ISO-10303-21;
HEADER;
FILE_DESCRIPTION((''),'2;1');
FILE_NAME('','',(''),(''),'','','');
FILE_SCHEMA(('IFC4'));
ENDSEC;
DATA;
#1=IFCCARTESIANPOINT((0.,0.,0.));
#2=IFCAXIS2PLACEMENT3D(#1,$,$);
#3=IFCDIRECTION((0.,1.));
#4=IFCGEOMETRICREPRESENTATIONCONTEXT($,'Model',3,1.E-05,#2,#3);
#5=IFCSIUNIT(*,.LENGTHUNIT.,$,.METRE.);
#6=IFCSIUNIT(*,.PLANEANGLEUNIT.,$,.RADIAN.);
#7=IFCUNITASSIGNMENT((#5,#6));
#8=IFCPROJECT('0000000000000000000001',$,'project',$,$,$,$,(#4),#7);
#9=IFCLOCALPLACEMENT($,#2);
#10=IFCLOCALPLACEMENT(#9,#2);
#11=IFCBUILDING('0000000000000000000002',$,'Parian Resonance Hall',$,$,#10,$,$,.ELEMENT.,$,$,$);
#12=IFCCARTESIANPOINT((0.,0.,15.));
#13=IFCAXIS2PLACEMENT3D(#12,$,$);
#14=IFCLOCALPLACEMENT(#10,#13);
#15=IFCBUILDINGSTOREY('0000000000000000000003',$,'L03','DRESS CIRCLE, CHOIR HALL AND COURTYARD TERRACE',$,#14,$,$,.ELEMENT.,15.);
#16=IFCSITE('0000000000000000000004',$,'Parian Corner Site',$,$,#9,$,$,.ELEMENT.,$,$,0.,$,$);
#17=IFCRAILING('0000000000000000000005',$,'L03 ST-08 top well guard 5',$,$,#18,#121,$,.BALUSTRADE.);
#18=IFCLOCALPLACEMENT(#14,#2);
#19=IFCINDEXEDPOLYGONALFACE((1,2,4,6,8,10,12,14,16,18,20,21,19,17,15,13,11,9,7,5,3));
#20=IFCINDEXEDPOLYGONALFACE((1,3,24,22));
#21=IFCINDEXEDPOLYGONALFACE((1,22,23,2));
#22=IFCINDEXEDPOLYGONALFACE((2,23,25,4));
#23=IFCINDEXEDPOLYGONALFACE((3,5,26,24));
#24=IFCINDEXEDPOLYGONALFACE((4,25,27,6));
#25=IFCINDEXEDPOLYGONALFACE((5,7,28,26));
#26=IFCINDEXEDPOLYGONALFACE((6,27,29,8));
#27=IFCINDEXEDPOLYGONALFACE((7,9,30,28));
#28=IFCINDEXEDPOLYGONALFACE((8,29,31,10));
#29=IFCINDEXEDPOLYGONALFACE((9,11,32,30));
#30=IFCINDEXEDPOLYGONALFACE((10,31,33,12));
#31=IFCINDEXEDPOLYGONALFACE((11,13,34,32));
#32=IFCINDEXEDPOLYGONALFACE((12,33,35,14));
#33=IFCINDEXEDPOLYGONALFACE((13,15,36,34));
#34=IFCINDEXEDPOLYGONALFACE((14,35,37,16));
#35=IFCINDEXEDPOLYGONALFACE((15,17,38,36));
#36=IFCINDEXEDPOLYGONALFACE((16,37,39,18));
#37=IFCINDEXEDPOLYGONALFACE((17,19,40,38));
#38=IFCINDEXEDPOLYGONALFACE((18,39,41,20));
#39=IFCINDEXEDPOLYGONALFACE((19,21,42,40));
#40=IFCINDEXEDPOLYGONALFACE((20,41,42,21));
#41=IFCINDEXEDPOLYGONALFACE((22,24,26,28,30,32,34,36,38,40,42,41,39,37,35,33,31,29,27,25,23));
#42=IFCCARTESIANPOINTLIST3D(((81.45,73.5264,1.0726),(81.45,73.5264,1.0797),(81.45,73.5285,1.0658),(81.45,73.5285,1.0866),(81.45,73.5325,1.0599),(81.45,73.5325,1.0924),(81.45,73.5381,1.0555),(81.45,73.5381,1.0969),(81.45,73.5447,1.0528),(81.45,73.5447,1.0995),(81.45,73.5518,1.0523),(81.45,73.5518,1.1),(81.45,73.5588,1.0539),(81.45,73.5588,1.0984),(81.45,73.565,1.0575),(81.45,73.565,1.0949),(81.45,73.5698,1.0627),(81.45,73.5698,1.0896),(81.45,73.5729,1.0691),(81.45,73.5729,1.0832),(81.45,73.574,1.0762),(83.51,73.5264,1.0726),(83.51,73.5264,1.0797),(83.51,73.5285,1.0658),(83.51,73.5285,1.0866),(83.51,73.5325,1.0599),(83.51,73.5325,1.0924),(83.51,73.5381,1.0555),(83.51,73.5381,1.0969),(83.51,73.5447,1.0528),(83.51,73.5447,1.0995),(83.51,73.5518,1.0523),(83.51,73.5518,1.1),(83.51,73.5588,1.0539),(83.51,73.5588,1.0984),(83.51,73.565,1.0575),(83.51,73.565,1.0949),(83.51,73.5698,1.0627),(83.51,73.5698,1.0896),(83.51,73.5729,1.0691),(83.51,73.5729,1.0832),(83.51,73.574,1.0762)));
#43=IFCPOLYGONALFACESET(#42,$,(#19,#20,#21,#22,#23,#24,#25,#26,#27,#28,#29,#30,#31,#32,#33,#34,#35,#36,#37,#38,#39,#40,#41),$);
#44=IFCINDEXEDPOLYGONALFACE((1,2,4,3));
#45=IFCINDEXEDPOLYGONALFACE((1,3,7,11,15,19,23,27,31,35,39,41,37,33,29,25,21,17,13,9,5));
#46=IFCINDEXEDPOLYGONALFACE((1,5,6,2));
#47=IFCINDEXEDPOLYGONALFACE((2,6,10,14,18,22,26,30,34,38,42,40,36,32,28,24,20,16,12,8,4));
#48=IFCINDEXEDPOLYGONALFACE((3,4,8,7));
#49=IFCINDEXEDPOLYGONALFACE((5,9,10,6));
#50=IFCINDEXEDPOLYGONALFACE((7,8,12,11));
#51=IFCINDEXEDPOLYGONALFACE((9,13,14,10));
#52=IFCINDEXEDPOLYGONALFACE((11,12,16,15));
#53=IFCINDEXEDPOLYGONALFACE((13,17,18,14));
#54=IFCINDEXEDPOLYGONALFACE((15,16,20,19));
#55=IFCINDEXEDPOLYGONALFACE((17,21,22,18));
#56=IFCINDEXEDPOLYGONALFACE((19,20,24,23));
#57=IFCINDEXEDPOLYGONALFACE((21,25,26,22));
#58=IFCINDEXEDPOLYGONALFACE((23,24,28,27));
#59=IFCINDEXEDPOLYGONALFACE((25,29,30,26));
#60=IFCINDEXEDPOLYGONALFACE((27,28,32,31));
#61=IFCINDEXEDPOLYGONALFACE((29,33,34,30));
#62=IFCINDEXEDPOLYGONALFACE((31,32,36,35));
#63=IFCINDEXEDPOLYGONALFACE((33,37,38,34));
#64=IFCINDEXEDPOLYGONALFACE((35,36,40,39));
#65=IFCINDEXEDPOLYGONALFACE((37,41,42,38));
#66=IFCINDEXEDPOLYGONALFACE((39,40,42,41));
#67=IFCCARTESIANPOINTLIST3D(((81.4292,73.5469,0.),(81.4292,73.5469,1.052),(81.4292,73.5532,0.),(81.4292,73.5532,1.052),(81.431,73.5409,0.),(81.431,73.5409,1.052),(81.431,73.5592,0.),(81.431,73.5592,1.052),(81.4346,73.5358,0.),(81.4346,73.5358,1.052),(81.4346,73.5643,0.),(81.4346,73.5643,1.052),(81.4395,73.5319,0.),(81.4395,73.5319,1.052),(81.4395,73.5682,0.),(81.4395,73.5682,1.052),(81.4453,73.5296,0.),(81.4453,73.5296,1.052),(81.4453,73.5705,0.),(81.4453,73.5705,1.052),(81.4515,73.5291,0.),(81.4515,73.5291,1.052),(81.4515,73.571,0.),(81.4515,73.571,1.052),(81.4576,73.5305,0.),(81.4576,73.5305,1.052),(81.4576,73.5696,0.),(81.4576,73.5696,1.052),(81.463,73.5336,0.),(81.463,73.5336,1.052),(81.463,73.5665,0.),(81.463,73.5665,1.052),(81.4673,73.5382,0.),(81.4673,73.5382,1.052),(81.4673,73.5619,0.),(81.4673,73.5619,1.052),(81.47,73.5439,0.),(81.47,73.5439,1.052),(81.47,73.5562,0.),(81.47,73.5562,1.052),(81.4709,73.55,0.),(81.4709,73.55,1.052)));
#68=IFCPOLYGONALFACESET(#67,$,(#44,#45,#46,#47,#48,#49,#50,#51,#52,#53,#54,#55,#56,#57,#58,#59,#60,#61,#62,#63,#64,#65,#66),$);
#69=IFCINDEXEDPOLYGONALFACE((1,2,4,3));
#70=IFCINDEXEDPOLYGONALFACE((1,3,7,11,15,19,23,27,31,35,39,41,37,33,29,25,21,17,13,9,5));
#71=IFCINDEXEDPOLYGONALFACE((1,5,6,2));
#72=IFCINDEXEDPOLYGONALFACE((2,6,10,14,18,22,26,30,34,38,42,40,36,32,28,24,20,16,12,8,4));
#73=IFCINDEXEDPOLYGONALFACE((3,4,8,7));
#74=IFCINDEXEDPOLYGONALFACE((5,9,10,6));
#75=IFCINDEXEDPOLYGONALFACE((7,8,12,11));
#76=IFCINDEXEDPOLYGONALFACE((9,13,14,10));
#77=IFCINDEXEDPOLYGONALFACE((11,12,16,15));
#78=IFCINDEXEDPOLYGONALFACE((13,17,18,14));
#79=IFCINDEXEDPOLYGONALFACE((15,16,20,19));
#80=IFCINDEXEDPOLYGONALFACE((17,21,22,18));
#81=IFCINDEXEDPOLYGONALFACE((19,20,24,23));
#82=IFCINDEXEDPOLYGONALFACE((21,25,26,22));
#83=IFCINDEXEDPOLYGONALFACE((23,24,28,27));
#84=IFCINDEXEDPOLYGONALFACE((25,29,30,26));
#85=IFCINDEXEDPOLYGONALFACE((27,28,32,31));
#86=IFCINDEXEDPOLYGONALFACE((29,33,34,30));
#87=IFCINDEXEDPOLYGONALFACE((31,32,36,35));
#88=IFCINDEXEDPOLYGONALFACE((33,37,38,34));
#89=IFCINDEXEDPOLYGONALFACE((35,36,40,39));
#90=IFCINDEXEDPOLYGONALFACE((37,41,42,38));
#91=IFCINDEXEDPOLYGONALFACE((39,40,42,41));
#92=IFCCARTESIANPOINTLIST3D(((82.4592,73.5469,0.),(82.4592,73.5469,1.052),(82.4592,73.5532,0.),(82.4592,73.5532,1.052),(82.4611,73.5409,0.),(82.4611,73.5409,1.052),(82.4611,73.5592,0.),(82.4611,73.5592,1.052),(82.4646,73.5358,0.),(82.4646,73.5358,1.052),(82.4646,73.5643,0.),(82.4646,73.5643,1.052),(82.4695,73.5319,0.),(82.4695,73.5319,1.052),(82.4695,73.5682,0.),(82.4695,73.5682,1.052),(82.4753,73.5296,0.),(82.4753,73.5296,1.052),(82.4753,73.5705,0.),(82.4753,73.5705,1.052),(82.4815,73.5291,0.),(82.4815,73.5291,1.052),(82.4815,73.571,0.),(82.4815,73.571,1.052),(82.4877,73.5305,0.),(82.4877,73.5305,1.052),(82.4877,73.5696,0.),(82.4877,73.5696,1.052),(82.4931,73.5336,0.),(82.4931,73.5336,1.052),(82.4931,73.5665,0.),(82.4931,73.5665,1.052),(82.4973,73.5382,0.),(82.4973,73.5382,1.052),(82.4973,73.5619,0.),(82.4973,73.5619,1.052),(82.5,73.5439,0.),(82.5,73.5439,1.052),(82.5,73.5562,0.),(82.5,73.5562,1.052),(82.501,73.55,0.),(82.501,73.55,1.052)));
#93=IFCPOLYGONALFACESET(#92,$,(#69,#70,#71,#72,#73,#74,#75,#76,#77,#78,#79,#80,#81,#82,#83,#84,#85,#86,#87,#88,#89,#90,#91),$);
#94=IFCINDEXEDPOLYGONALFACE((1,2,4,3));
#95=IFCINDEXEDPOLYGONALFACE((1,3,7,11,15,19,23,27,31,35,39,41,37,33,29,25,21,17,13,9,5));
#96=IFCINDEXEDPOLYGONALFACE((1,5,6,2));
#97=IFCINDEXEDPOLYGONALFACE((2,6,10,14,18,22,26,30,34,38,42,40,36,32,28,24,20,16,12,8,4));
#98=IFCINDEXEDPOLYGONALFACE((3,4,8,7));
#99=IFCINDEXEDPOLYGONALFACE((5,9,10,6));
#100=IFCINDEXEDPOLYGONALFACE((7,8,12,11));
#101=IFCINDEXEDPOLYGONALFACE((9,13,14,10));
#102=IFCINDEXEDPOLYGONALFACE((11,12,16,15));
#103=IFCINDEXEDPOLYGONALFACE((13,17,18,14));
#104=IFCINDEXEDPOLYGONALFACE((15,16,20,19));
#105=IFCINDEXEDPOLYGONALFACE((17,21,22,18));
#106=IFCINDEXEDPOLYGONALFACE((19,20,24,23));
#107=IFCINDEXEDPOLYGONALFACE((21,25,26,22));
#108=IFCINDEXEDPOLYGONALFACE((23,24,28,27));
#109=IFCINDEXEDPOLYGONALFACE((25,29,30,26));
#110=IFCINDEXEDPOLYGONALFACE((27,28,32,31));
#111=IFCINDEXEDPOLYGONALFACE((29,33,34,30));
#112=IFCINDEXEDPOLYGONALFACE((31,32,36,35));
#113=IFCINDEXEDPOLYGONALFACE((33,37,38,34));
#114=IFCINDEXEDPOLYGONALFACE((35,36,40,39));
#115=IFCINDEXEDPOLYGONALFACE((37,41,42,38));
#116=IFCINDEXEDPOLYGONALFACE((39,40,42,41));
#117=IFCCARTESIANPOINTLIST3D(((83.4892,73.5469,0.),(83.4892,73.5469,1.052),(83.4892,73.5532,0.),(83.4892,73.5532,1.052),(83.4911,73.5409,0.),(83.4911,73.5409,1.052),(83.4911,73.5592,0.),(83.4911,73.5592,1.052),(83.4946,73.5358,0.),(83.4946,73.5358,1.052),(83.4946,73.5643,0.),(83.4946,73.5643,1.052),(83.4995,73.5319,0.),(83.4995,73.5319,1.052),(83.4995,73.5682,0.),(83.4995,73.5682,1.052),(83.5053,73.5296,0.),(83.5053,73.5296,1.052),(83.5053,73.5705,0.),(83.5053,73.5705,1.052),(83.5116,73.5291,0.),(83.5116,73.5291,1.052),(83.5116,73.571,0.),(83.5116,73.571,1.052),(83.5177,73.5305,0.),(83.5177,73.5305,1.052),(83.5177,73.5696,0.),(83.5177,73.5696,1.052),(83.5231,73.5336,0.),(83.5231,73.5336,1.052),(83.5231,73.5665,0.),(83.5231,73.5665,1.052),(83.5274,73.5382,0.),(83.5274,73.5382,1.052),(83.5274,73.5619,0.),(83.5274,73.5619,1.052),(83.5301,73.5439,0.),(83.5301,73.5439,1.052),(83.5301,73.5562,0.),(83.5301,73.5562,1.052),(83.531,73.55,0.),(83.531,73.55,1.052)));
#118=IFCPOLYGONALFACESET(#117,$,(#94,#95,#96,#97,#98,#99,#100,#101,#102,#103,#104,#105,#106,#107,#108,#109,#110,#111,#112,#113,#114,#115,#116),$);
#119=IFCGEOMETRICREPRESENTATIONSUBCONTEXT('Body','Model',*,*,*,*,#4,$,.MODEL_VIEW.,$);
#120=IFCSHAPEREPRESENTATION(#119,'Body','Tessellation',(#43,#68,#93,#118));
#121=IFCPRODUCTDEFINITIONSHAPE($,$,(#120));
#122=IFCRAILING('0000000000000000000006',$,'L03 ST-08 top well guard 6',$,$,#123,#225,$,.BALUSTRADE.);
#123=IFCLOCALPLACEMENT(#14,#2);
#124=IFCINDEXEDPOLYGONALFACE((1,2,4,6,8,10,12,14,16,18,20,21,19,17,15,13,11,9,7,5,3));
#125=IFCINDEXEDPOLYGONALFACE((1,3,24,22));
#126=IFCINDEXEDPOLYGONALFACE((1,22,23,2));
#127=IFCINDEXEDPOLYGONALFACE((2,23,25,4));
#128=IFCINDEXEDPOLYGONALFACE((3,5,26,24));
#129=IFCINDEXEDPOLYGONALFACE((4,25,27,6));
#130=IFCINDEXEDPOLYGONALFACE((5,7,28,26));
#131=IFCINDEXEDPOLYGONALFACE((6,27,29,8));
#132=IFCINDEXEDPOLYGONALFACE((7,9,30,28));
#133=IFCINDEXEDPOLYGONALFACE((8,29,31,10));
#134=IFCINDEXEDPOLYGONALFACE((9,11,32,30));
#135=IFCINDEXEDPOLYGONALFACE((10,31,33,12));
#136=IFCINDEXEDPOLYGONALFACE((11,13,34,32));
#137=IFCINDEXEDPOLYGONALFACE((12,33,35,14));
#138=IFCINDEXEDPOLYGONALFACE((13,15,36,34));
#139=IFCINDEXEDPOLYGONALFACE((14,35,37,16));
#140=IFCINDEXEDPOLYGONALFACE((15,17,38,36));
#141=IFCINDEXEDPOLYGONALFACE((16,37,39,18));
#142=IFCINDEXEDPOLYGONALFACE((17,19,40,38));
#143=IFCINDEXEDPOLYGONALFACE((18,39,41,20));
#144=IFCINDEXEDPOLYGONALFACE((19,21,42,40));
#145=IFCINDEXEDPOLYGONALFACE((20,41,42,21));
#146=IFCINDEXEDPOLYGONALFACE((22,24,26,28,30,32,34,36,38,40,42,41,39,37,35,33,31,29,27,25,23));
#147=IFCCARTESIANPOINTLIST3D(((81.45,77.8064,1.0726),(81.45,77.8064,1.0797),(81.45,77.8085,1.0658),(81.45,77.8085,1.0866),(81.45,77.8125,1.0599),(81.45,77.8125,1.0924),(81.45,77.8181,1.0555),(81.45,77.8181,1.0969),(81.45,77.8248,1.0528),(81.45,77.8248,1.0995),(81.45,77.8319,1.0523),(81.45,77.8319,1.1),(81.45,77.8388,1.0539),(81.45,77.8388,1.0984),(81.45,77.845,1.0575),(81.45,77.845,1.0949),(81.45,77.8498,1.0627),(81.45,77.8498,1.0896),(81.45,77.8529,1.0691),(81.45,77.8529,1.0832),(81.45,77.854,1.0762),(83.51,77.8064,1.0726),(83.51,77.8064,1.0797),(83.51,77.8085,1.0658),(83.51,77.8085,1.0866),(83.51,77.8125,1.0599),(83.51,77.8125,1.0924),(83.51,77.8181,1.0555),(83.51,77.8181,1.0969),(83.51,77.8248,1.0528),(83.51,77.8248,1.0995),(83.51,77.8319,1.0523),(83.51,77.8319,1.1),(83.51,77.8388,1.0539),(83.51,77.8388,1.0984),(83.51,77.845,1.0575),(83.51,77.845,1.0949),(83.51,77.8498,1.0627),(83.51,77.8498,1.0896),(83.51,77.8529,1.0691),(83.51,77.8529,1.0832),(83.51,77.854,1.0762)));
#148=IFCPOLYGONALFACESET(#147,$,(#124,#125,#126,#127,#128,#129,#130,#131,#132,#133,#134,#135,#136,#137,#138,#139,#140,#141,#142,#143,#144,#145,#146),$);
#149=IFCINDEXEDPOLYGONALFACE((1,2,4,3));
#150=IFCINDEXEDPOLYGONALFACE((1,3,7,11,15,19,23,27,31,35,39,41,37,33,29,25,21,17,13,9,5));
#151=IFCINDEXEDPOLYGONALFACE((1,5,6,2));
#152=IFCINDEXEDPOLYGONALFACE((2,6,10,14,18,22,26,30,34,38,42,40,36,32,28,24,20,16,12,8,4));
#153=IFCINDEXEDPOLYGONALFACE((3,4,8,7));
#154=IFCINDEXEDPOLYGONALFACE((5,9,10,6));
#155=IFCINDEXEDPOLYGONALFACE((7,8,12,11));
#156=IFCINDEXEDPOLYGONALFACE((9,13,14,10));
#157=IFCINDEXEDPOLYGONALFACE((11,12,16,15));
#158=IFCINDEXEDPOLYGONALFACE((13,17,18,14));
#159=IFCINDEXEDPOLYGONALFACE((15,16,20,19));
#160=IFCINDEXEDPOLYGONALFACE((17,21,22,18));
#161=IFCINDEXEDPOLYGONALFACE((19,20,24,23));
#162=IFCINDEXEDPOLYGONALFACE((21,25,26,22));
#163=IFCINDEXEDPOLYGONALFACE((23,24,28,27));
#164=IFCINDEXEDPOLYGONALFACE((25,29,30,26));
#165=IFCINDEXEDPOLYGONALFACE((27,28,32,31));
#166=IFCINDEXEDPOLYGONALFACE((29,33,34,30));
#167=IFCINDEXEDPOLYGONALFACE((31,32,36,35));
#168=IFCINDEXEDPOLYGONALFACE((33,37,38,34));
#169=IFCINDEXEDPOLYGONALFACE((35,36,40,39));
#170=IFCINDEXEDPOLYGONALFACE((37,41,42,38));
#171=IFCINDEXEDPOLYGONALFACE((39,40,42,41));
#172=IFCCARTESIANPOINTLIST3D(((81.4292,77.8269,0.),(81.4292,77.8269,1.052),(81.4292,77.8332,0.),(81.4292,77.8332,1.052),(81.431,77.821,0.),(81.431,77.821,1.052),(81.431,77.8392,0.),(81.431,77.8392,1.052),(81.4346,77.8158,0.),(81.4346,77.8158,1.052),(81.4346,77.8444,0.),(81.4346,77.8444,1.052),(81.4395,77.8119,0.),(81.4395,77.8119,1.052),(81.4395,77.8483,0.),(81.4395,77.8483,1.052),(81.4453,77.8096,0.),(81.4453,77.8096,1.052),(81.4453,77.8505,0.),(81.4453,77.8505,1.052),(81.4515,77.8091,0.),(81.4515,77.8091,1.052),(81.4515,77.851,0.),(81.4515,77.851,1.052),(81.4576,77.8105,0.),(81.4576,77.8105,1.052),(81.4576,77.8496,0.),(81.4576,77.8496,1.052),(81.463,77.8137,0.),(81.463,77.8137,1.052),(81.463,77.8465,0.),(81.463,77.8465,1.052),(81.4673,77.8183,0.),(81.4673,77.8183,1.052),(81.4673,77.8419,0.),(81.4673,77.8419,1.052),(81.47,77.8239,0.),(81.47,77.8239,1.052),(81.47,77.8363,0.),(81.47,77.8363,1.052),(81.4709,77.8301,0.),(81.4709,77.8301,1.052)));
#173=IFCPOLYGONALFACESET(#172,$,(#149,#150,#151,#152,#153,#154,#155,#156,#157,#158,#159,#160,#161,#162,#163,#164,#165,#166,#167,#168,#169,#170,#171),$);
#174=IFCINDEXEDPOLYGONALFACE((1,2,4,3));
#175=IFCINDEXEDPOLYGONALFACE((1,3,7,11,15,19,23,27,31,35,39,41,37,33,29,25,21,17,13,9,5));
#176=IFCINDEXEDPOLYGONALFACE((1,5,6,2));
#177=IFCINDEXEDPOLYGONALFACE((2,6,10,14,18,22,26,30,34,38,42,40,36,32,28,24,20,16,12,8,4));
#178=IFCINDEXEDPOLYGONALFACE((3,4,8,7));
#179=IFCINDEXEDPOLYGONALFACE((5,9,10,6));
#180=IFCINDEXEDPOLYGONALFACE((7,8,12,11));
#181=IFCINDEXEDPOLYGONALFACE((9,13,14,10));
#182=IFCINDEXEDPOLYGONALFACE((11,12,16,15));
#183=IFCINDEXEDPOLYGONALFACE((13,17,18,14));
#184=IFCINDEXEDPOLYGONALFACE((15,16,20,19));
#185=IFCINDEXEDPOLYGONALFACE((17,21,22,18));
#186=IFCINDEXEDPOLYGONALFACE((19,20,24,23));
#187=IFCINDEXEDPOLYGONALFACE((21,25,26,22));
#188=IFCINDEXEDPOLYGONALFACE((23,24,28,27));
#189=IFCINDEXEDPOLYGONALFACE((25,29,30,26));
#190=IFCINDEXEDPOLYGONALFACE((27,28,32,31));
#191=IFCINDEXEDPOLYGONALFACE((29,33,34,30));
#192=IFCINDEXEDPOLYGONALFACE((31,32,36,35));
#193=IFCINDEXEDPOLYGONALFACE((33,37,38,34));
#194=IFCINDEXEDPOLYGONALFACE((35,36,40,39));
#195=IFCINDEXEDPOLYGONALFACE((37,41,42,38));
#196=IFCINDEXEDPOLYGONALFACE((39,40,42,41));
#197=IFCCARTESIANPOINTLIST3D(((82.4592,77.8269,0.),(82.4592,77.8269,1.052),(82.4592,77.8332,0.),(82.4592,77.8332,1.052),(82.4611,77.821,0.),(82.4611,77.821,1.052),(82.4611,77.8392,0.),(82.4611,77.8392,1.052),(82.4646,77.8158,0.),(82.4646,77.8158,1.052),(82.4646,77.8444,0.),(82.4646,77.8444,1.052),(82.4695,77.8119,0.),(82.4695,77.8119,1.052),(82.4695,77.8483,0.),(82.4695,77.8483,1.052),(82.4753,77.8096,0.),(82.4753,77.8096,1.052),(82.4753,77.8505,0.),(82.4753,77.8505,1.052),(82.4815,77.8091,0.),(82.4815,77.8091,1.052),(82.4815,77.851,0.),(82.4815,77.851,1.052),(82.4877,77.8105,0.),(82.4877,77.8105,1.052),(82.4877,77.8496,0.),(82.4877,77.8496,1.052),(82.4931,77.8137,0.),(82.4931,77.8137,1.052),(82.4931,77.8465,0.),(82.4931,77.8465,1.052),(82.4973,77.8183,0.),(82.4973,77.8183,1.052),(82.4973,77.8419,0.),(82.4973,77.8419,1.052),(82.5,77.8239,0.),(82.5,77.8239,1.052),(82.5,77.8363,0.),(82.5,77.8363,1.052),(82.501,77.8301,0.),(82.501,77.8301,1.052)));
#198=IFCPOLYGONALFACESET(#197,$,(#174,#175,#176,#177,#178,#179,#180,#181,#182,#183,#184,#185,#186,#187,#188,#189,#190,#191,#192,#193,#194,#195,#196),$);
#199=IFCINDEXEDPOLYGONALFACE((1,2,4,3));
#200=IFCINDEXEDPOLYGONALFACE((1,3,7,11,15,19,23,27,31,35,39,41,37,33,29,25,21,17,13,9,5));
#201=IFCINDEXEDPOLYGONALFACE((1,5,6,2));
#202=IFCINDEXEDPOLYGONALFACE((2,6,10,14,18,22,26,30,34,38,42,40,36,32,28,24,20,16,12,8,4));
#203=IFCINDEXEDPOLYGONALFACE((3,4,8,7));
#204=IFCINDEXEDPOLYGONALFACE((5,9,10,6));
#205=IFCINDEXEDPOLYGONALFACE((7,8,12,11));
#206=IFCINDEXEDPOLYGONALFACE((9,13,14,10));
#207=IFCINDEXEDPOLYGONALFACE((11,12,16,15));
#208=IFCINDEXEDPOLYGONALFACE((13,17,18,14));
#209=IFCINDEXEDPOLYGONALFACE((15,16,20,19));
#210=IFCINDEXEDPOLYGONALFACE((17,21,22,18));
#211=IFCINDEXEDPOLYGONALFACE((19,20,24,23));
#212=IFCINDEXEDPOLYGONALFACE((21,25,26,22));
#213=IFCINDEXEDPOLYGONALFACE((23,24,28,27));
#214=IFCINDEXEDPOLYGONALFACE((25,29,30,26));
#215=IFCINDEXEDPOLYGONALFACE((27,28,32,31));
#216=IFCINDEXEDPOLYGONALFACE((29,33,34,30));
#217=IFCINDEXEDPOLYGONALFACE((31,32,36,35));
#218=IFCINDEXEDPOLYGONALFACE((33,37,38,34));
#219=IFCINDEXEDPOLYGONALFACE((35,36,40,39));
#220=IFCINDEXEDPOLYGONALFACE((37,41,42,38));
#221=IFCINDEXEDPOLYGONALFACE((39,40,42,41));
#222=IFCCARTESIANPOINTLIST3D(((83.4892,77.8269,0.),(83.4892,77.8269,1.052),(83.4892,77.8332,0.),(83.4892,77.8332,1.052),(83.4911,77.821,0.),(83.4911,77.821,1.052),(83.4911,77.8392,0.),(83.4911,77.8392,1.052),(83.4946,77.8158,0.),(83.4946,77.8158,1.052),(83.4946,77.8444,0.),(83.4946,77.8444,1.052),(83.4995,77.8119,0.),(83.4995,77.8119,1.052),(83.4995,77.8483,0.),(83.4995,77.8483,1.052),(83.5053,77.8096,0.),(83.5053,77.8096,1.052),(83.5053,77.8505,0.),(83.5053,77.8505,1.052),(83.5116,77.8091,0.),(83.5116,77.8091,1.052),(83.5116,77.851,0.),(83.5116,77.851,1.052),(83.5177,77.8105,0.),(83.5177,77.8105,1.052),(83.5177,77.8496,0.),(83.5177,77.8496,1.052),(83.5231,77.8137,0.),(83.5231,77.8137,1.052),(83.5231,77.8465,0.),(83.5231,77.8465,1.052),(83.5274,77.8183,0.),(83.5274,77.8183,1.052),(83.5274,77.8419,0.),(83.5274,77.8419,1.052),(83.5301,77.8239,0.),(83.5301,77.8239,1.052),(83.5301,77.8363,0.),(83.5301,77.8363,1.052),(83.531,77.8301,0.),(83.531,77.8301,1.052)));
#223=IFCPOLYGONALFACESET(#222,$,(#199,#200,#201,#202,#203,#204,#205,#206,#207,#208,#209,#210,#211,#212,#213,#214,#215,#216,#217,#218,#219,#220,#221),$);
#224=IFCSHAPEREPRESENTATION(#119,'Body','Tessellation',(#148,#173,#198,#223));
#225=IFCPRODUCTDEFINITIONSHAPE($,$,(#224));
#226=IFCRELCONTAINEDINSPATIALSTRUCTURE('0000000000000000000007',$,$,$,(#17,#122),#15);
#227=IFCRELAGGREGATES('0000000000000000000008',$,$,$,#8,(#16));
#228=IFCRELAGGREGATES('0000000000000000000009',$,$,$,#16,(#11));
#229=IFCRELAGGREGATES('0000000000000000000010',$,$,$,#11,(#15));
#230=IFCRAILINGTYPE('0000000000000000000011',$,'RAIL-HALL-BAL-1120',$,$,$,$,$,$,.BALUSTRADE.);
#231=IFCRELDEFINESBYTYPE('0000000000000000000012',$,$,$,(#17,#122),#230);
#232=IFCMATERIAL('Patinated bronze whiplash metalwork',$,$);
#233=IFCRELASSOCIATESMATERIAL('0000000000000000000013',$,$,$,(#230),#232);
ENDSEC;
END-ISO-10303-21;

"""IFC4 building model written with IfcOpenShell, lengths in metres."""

from ifc_helpers import new_model, si_unit, direction, frame, origin, origin_2d, place, context, subcontext, project, spatial, circle, extrude, material, type_object, element, save


model = new_model("IFC4")

# Units and contexts
model_context = context("Model", 3, precision=1e-05, world=origin(), true_north=direction((0.0, 1.0)))
body_context = subcontext(model_context, "Body", "Model", "MODEL_VIEW")
ifc_project = project(units=[si_unit("LENGTHUNIT", "METRE"), si_unit("PLANEANGLEUNIT", "RADIAN")], contexts=[model_context])

# Site, building, storey
site_placement = place(None, origin())
site = spatial("IfcSite", under=ifc_project, at=site_placement, Name="Parian Corner Site", CompositionType="ELEMENT", RefElevation=0.0)
building_placement = place(site_placement, origin())
building = spatial("IfcBuilding", under=site, at=building_placement, Name="Parian Resonance Hall", CompositionType="ELEMENT")
storey_placement = place(building_placement, frame((0.0, 0.0, 15.0)))
storey = spatial("IfcBuildingStorey", under=building, at=storey_placement, Name="L03", Description="DRESS CIRCLE, CHOIR HALL AND COURTYARD TERRACE", CompositionType="ELEMENT", Elevation=15.0)

# Railings
ifc_material_1 = material(Name="Patinated bronze whiplash metalwork")
railing_type = type_object("IfcRailingType", Name="RAIL-HALL-BAL-1120", PredefinedType="BALUSTRADE", material=ifc_material_1)
for number, where, name in (
    (1, (81.45, 73.55, 0.0), "L03 ST-08 top well guard 5"),
    (2, (81.45, 77.8301, 0.0), "L03 ST-08 top well guard 6"),
):
    element("IfcRailing", number, at=place(storey_placement, frame(where)), inside=storey, type_object=railing_type, Name=name, PredefinedType="BALUSTRADE", context=body_context, shape_type="SweptSolid", body=[
        extrude(circle(Radius=0.0239, at=origin_2d()), frame((0.0, 0.0, 1.0762), z_axis=(1.0, 0.0, 0.0), x_axis=(0.0, 1.0, 0.0)), (0.0, 0.0, 1.0), 2.0601),
        extrude(circle(Radius=0.021, at=origin_2d()), origin(), (0.0, 0.0, 1.0), 1.052),
        extrude(circle(Radius=0.021, at=origin_2d()), frame((1.03, 0.0, 0.0)), (0.0, 0.0, 1.0), 1.052),
        extrude(circle(Radius=0.021, at=origin_2d()), frame((2.0601, 0.0, 0.0)), (0.0, 0.0, 1.0), 1.052),
    ])

save(model, "model.ifc")
